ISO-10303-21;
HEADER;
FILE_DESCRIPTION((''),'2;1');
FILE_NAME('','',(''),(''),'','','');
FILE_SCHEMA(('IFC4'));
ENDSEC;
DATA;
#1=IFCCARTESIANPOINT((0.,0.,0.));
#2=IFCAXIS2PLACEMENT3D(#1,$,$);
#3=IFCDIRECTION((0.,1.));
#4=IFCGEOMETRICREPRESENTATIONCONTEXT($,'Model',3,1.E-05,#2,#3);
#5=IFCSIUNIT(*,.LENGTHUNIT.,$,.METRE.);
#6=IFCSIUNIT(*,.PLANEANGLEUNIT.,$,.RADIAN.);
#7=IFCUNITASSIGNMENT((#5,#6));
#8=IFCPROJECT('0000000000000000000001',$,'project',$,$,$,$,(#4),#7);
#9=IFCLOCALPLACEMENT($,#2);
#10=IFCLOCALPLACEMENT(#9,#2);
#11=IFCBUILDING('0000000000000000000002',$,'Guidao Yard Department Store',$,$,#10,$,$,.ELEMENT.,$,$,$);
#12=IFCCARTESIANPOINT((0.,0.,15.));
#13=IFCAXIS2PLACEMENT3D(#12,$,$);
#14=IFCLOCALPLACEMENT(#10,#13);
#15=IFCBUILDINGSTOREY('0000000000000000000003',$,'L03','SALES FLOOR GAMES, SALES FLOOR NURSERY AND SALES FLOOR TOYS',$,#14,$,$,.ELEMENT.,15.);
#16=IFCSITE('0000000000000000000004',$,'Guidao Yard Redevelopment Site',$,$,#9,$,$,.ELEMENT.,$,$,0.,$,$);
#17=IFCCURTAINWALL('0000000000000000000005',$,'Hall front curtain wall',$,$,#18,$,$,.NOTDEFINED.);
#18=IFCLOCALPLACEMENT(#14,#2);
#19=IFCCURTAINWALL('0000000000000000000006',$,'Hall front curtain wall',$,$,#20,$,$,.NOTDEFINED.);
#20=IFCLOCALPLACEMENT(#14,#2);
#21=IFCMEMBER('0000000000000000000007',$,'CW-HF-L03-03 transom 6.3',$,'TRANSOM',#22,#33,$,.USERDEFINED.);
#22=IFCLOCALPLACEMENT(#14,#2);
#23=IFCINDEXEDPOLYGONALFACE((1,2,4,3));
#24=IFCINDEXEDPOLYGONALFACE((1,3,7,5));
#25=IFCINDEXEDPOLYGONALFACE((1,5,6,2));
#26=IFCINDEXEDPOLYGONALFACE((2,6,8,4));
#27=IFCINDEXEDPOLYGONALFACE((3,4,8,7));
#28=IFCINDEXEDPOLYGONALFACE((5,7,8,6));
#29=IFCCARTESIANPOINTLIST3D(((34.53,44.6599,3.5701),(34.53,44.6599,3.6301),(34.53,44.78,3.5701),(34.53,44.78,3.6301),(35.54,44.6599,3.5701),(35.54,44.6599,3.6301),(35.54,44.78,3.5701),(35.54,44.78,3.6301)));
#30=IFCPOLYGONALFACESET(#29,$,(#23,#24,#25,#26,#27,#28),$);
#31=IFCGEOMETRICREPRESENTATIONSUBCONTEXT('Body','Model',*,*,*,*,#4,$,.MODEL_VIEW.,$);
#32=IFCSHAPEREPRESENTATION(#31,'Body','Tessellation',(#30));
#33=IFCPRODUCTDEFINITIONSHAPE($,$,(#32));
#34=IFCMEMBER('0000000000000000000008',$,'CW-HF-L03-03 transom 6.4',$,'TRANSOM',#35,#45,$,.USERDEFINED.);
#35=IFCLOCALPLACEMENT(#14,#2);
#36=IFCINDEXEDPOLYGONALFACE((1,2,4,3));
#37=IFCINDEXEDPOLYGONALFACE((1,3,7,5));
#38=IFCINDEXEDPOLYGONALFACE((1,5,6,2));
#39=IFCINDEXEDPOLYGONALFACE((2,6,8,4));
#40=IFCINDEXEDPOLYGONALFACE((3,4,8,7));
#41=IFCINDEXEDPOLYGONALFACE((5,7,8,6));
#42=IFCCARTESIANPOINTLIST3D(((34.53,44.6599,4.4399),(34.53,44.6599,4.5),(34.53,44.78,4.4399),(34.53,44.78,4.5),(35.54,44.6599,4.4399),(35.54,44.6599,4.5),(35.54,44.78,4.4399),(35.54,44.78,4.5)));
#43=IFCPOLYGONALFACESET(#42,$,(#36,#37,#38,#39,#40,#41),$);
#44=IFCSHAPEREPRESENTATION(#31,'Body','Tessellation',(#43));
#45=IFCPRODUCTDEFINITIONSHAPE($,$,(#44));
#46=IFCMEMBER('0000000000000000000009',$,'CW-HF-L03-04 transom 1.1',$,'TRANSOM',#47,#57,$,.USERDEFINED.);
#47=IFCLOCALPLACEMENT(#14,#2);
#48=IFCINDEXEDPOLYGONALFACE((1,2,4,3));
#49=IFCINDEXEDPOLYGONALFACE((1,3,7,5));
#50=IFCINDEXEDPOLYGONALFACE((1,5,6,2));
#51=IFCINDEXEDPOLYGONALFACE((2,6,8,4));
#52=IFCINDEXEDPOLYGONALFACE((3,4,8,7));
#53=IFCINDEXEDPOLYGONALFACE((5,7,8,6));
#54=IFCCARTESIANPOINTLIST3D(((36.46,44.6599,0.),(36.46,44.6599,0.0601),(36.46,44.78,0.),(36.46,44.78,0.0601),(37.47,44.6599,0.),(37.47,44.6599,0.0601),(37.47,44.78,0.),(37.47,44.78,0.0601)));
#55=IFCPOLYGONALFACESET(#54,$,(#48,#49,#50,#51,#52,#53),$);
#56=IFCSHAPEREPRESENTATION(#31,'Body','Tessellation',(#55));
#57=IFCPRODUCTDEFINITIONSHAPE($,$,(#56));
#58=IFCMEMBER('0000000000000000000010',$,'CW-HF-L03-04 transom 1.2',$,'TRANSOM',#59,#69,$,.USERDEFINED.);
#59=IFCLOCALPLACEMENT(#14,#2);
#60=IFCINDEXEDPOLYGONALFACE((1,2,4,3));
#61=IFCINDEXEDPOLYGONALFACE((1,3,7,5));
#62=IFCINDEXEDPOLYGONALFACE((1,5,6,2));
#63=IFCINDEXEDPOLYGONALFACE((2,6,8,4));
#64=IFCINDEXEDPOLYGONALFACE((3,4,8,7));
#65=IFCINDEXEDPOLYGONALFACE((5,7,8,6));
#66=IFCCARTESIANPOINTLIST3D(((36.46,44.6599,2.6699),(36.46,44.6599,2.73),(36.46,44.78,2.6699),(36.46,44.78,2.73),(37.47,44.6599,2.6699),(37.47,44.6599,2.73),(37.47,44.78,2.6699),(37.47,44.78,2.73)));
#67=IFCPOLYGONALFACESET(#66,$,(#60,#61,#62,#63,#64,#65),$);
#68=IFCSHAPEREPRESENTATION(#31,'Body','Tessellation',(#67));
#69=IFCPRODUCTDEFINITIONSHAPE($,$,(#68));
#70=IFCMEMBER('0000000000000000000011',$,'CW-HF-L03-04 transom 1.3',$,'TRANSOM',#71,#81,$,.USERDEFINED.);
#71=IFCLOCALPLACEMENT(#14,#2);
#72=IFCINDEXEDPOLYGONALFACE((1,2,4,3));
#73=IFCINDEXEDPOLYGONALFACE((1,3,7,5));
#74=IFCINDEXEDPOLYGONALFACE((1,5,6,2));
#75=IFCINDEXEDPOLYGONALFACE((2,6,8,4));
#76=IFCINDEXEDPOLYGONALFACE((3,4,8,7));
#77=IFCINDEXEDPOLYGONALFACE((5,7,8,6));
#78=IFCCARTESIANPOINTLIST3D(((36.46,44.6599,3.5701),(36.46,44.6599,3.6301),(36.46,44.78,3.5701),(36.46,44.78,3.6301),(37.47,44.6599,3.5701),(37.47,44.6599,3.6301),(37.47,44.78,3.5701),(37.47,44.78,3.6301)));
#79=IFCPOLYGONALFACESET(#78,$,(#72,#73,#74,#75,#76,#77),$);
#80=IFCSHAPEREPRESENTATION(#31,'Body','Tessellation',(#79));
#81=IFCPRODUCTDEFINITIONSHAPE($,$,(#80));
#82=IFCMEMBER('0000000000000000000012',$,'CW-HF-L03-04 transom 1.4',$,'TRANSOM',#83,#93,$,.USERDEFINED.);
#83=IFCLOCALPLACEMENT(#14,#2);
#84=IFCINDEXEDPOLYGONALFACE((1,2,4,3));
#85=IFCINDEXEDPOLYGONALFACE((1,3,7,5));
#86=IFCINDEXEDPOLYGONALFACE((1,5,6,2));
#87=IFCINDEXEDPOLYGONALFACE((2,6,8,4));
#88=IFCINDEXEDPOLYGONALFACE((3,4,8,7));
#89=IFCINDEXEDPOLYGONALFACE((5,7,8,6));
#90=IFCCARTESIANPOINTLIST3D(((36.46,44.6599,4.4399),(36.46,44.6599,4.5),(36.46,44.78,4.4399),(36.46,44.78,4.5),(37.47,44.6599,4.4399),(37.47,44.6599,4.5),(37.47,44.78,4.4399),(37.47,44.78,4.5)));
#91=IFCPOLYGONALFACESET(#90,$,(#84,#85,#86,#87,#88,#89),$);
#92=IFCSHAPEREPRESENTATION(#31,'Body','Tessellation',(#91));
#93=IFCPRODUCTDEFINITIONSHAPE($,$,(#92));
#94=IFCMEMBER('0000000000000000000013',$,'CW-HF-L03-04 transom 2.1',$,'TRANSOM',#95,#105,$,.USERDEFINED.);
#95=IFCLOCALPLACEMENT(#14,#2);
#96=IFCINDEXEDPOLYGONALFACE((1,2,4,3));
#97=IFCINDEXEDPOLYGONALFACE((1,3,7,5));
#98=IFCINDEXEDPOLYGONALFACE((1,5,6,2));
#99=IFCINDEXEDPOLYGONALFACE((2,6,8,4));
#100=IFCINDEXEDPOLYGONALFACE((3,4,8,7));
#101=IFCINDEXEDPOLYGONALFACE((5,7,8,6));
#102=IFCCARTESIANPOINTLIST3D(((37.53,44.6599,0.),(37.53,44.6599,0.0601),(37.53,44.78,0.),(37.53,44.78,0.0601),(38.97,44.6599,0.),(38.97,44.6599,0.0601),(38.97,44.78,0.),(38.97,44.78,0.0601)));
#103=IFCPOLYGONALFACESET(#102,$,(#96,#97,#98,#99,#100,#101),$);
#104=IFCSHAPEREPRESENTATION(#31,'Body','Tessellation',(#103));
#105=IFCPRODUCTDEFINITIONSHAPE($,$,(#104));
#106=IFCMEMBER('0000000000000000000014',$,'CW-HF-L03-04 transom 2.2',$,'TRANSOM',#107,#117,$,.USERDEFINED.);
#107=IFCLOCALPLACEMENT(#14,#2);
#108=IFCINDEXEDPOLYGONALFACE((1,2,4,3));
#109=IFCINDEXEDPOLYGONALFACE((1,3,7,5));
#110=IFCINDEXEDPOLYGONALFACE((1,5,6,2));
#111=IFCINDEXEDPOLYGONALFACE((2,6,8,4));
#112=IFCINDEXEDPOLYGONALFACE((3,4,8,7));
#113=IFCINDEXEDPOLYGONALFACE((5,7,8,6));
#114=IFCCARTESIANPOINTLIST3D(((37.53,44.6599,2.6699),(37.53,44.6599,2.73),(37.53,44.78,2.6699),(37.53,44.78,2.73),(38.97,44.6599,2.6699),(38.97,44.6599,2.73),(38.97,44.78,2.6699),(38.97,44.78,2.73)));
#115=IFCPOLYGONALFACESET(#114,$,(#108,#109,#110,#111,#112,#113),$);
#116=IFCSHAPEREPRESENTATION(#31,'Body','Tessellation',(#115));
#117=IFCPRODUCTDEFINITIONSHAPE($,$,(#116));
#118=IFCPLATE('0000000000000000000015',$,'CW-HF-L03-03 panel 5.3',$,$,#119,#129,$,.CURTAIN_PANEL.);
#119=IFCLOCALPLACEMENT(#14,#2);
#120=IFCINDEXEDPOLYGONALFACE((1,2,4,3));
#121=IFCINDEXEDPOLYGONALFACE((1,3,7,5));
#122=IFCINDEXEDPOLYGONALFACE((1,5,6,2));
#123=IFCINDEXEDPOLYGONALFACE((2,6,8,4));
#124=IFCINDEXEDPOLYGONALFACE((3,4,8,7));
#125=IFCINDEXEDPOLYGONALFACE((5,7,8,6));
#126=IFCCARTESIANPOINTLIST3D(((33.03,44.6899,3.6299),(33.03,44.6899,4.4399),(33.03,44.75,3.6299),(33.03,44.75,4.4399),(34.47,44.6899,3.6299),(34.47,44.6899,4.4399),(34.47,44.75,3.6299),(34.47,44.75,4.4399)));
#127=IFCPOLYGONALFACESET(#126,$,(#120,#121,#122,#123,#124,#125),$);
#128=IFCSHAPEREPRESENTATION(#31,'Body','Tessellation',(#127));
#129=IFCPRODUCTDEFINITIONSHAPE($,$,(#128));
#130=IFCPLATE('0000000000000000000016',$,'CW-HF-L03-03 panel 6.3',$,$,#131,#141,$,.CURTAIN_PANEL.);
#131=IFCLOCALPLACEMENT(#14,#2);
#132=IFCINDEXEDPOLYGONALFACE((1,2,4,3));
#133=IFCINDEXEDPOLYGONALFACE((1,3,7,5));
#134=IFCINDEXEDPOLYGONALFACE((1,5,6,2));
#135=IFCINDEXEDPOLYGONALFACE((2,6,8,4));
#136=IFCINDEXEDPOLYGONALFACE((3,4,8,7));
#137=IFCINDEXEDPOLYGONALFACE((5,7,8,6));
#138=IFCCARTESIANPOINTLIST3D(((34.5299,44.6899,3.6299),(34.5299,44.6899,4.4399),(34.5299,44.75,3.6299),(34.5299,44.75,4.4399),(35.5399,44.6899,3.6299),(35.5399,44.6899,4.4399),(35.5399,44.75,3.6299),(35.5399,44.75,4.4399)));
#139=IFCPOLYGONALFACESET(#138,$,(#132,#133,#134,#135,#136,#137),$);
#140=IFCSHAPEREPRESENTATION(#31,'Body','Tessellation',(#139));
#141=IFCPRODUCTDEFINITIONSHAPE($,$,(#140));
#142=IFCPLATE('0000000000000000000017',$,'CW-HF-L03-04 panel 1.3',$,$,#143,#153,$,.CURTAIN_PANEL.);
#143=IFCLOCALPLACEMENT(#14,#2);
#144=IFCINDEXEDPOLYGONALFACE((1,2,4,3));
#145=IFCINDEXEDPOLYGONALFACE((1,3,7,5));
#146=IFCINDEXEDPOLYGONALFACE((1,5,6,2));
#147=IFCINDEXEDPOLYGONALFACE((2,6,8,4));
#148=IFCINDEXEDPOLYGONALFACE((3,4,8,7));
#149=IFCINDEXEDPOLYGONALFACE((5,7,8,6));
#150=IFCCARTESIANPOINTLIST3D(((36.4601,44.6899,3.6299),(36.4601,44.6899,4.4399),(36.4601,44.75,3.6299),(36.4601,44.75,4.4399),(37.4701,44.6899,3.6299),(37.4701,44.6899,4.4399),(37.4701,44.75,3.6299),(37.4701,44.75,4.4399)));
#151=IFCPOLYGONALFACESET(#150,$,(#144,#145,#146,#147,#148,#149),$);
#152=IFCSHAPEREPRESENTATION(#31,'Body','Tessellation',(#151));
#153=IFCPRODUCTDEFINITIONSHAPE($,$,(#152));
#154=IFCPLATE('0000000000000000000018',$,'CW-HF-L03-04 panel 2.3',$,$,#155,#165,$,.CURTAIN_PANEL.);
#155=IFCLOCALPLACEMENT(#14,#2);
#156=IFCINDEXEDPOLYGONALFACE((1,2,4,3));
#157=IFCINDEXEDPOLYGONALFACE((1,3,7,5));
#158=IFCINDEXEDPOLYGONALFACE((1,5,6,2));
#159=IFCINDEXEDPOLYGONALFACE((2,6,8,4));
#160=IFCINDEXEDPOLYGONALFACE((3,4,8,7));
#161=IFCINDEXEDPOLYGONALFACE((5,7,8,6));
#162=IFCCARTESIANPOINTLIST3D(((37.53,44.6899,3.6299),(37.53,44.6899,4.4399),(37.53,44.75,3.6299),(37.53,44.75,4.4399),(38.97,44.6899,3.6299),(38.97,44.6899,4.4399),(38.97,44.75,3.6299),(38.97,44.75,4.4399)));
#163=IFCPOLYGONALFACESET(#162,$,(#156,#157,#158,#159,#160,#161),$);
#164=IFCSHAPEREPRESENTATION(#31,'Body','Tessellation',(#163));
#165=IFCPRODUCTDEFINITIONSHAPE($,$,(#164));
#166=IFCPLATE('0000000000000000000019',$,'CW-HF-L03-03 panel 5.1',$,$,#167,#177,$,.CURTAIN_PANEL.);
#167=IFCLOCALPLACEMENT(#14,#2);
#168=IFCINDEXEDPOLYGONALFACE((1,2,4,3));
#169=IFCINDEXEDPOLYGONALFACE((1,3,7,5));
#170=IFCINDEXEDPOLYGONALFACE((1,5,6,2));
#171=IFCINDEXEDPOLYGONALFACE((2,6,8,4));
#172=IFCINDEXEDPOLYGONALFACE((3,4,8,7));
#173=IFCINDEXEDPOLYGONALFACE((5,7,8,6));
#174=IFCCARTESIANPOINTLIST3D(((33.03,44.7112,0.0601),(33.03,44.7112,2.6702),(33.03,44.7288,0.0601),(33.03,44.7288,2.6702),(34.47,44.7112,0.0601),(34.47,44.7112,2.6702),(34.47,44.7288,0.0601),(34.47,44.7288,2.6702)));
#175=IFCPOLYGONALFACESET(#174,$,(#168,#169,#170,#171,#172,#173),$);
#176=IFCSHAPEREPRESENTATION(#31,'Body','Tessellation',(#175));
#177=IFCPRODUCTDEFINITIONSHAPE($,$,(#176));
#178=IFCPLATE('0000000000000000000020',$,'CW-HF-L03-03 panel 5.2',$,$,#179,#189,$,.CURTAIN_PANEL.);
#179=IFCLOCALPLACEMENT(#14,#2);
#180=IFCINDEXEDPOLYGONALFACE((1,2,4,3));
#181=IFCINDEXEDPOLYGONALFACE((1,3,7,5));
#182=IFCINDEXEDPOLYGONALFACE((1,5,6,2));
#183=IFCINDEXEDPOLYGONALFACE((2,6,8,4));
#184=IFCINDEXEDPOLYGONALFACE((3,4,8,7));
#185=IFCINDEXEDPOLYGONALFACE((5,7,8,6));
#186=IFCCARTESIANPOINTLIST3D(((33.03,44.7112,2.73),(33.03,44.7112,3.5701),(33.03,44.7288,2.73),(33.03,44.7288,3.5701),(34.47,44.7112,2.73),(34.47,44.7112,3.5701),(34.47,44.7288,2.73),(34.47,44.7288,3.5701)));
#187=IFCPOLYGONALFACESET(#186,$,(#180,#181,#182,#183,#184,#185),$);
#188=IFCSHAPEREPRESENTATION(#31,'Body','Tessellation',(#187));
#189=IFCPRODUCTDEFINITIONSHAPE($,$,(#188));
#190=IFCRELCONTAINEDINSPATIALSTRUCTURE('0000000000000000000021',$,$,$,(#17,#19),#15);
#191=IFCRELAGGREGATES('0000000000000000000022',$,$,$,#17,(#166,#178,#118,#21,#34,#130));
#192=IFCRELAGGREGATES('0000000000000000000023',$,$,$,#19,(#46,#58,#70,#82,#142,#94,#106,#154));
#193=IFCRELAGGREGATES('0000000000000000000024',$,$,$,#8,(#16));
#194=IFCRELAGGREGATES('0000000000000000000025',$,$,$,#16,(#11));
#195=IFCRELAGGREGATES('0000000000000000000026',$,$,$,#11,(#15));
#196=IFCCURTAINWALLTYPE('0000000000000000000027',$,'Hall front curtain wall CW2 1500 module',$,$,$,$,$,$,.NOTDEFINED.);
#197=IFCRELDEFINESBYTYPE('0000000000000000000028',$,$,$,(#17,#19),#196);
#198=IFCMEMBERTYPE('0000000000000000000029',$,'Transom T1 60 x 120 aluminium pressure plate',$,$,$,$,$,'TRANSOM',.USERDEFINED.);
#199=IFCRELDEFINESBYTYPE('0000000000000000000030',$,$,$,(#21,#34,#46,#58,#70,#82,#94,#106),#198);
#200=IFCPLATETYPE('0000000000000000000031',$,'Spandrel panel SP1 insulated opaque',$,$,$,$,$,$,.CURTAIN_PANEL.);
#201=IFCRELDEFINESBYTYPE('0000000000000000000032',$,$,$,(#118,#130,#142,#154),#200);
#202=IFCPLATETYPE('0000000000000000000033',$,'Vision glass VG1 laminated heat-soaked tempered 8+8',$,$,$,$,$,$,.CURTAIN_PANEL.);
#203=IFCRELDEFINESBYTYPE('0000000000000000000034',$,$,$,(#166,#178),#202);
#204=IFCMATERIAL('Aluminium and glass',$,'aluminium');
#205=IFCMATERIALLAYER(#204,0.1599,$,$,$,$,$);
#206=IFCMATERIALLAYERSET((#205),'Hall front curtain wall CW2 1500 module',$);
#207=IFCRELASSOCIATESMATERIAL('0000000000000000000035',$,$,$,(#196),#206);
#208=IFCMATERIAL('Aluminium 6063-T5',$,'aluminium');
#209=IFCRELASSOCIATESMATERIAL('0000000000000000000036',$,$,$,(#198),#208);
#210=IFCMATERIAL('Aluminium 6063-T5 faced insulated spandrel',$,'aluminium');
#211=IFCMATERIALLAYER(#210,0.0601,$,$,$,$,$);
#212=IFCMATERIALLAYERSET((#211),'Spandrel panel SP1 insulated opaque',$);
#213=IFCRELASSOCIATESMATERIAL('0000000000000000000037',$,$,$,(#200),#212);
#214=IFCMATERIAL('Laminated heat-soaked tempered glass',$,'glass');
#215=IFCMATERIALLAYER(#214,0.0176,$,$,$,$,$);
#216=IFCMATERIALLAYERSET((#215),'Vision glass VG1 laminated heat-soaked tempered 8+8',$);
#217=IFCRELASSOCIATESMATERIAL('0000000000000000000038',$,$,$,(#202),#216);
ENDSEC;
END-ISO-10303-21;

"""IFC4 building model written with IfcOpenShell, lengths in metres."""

from ifc_helpers import new_model, si_unit, direction, frame, origin, origin_2d, place, context, subcontext, project, spatial, rectangle, extrude, material, layer, layer_set, material_profile, profile_set, type_object, element, aggregate, save


model = new_model("IFC4")

# Units and contexts
model_context = context("Model", 3, precision=1e-05, world=origin(), true_north=direction((0.0, 1.0)))
body_context = subcontext(model_context, "Body", "Model", "MODEL_VIEW")
ifc_project = project(units=[si_unit("LENGTHUNIT", "METRE"), si_unit("PLANEANGLEUNIT", "RADIAN")], contexts=[model_context])

# Site, building, storey
site_placement = place(None, origin())
site = spatial("IfcSite", under=ifc_project, at=site_placement, Name="Guidao Yard Redevelopment Site", CompositionType="ELEMENT", RefElevation=0.0)
building_placement = place(site_placement, origin())
building = spatial("IfcBuilding", under=site, at=building_placement, Name="Guidao Yard Department Store", CompositionType="ELEMENT")
storey_placement = place(building_placement, frame((0.0, 0.0, 15.0)))
storey = spatial("IfcBuildingStorey", under=building, at=storey_placement, Name="L03", Description="SALES FLOOR GAMES, SALES FLOOR NURSERY AND SALES FLOOR TOYS", CompositionType="ELEMENT", Elevation=15.0)

# Curtain walls
ifc_material_1 = material(Name="Aluminium and glass", Category="aluminium")
ifc_layer_1 = layer(ifc_material_1, 0.1599)
ifc_layer_set_1 = layer_set([ifc_layer_1], Name="Hall front curtain wall CW2 1500 module")
curtain_wall_type = type_object("IfcCurtainWallType", Name="Hall front curtain wall CW2 1500 module", PredefinedType="NOTDEFINED", material=ifc_layer_set_1)
curtain_wall_1_placement = place(storey_placement, origin())
curtain_wall_1 = element("IfcCurtainWall", 1, at=curtain_wall_1_placement, inside=storey, type_object=curtain_wall_type, Name="Hall front curtain wall", PredefinedType="NOTDEFINED")
curtain_wall_2_placement = place(storey_placement, origin())
curtain_wall_2 = element("IfcCurtainWall", 2, at=curtain_wall_2_placement, inside=storey, type_object=curtain_wall_type, Name="Hall front curtain wall", PredefinedType="NOTDEFINED")

# Members
ifc_material_2 = material(Name="Aluminium 6063-T5", Category="aluminium")
ifc_material_profile_1 = material_profile(ifc_material_2, rectangle(XDim=0.1201, YDim=0.0601, at=origin_2d()), Name="Transom T1 60 x 120 aluminium pressure plate")
ifc_profile_set_1 = profile_set([ifc_material_profile_1], Name="Aluminium 6063-T5")
member_type_1 = type_object("IfcMemberType", Name="Transom T1 60 x 120 aluminium pressure plate", ElementType="TRANSOM", PredefinedType="USERDEFINED", material=ifc_profile_set_1)
member_1_placement = place(storey_placement, frame((35.54, 44.72, 3.6001), z_axis=(-1.0, 0.0, 0.0), x_axis=(0.0, -1.0, 0.0)))
member_1 = element("IfcMember", 3, at=member_1_placement, type_object=member_type_1, Name="CW-HF-L03-03 transom 6.3", ObjectType="TRANSOM", PredefinedType="USERDEFINED", context=body_context, shape_type="SweptSolid", body=[
    extrude(rectangle(XDim=0.1201, YDim=0.0601, at=origin_2d()), origin(), (0.0, 0.0, 1.0), 1.01),
])
member_2_placement = place(storey_placement, frame((35.54, 44.72, 4.47), z_axis=(-1.0, 0.0, 0.0), x_axis=(0.0, -1.0, 0.0)))
member_2 = element("IfcMember", 4, at=member_2_placement, type_object=member_type_1, Name="CW-HF-L03-03 transom 6.4", ObjectType="TRANSOM", PredefinedType="USERDEFINED", context=body_context, shape_type="SweptSolid", body=[
    extrude(rectangle(XDim=0.1201, YDim=0.0601, at=origin_2d()), origin(), (0.0, 0.0, 1.0), 1.01),
])
member_3_placement = place(storey_placement, frame((37.47, 44.72, 0.03), z_axis=(-1.0, 0.0, 0.0), x_axis=(0.0, -1.0, 0.0)))
member_3 = element("IfcMember", 5, at=member_3_placement, type_object=member_type_1, Name="CW-HF-L03-04 transom 1.1", ObjectType="TRANSOM", PredefinedType="USERDEFINED", context=body_context, shape_type="SweptSolid", body=[
    extrude(rectangle(XDim=0.1201, YDim=0.0601, at=origin_2d()), origin(), (0.0, 0.0, 1.0), 1.01),
])
member_4_placement = place(storey_placement, frame((37.47, 44.72, 2.7), z_axis=(-1.0, 0.0, 0.0), x_axis=(0.0, -1.0, 0.0)))
member_4 = element("IfcMember", 6, at=member_4_placement, type_object=member_type_1, Name="CW-HF-L03-04 transom 1.2", ObjectType="TRANSOM", PredefinedType="USERDEFINED", context=body_context, shape_type="SweptSolid", body=[
    extrude(rectangle(XDim=0.1201, YDim=0.0601, at=origin_2d()), origin(), (0.0, 0.0, 1.0), 1.01),
])
member_5_placement = place(storey_placement, frame((37.47, 44.72, 3.6001), z_axis=(-1.0, 0.0, 0.0), x_axis=(0.0, -1.0, 0.0)))
member_5 = element("IfcMember", 7, at=member_5_placement, type_object=member_type_1, Name="CW-HF-L03-04 transom 1.3", ObjectType="TRANSOM", PredefinedType="USERDEFINED", context=body_context, shape_type="SweptSolid", body=[
    extrude(rectangle(XDim=0.1201, YDim=0.0601, at=origin_2d()), origin(), (0.0, 0.0, 1.0), 1.01),
])
member_6_placement = place(storey_placement, frame((37.47, 44.72, 4.47), z_axis=(-1.0, 0.0, 0.0), x_axis=(0.0, -1.0, 0.0)))
member_6 = element("IfcMember", 8, at=member_6_placement, type_object=member_type_1, Name="CW-HF-L03-04 transom 1.4", ObjectType="TRANSOM", PredefinedType="USERDEFINED", context=body_context, shape_type="SweptSolid", body=[
    extrude(rectangle(XDim=0.1201, YDim=0.0601, at=origin_2d()), origin(), (0.0, 0.0, 1.0), 1.01),
])
member_7_placement = place(storey_placement, frame((38.97, 44.72, 0.03), z_axis=(-1.0, 0.0, 0.0), x_axis=(0.0, -1.0, 0.0)))
member_7 = element("IfcMember", 9, at=member_7_placement, type_object=member_type_1, Name="CW-HF-L03-04 transom 2.1", ObjectType="TRANSOM", PredefinedType="USERDEFINED", context=body_context, shape_type="SweptSolid", body=[
    extrude(rectangle(XDim=0.1201, YDim=0.0601, at=origin_2d()), origin(), (0.0, 0.0, 1.0), 1.4399),
])
member_8_placement = place(storey_placement, frame((38.97, 44.72, 2.7), z_axis=(-1.0, 0.0, 0.0), x_axis=(0.0, -1.0, 0.0)))
member_8 = element("IfcMember", 10, at=member_8_placement, type_object=member_type_1, Name="CW-HF-L03-04 transom 2.2", ObjectType="TRANSOM", PredefinedType="USERDEFINED", context=body_context, shape_type="SweptSolid", body=[
    extrude(rectangle(XDim=0.1201, YDim=0.0601, at=origin_2d()), origin(), (0.0, 0.0, 1.0), 1.4399),
])

# Plates
ifc_material_3 = material(Name="Aluminium 6063-T5 faced insulated spandrel", Category="aluminium")
ifc_layer_2 = layer(ifc_material_3, 0.0601)
ifc_layer_set_2 = layer_set([ifc_layer_2], Name="Spandrel panel SP1 insulated opaque")
plate_type_1 = type_object("IfcPlateType", Name="Spandrel panel SP1 insulated opaque", PredefinedType="CURTAIN_PANEL", material=ifc_layer_set_2)
plate_1_placement = place(storey_placement, frame((33.75, 44.72, 3.6299), z_axis=(0.0, 0.0, 1.0), x_axis=(-1.0, 0.0, 0.0)))
plate_1 = element("IfcPlate", 11, at=plate_1_placement, type_object=plate_type_1, Name="CW-HF-L03-03 panel 5.3", PredefinedType="CURTAIN_PANEL", context=body_context, shape_type="SweptSolid", body=[
    extrude(rectangle(XDim=1.4399, YDim=0.0601, at=origin_2d()), origin(), (0.0, 0.0, 1.0), 0.8101),
])
plate_2_placement = place(storey_placement, frame((35.0349, 44.72, 3.6299), z_axis=(0.0, 0.0, 1.0), x_axis=(-1.0, 0.0, 0.0)))
plate_2 = element("IfcPlate", 12, at=plate_2_placement, type_object=plate_type_1, Name="CW-HF-L03-03 panel 6.3", PredefinedType="CURTAIN_PANEL", context=body_context, shape_type="SweptSolid", body=[
    extrude(rectangle(XDim=1.01, YDim=0.0601, at=origin_2d()), origin(), (0.0, 0.0, 1.0), 0.8101),
])
plate_3_placement = place(storey_placement, frame((36.9651, 44.72, 3.6299), z_axis=(0.0, 0.0, 1.0), x_axis=(-1.0, 0.0, 0.0)))
plate_3 = element("IfcPlate", 13, at=plate_3_placement, type_object=plate_type_1, Name="CW-HF-L03-04 panel 1.3", PredefinedType="CURTAIN_PANEL", context=body_context, shape_type="SweptSolid", body=[
    extrude(rectangle(XDim=1.01, YDim=0.0601, at=origin_2d()), origin(), (0.0, 0.0, 1.0), 0.8101),
])
plate_4_placement = place(storey_placement, frame((38.25, 44.72, 3.6299), z_axis=(0.0, 0.0, 1.0), x_axis=(-1.0, 0.0, 0.0)))
plate_4 = element("IfcPlate", 14, at=plate_4_placement, type_object=plate_type_1, Name="CW-HF-L03-04 panel 2.3", PredefinedType="CURTAIN_PANEL", context=body_context, shape_type="SweptSolid", body=[
    extrude(rectangle(XDim=1.4399, YDim=0.0601, at=origin_2d()), origin(), (0.0, 0.0, 1.0), 0.8101),
])
ifc_material_4 = material(Name="Laminated heat-soaked tempered glass", Category="glass")
ifc_layer_3 = layer(ifc_material_4, 0.0176)
ifc_layer_set_3 = layer_set([ifc_layer_3], Name="Vision glass VG1 laminated heat-soaked tempered 8+8")
plate_type_2 = type_object("IfcPlateType", Name="Vision glass VG1 laminated heat-soaked tempered 8+8", PredefinedType="CURTAIN_PANEL", material=ifc_layer_set_3)
plate_5_placement = place(storey_placement, frame((33.75, 44.72, 0.0601), z_axis=(0.0, 0.0, 1.0), x_axis=(-1.0, 0.0, 0.0)))
plate_5 = element("IfcPlate", 15, at=plate_5_placement, type_object=plate_type_2, Name="CW-HF-L03-03 panel 5.1", PredefinedType="CURTAIN_PANEL", context=body_context, shape_type="SweptSolid", body=[
    extrude(rectangle(XDim=1.4399, YDim=0.0176, at=origin_2d()), origin(), (0.0, 0.0, 1.0), 2.6101),
])
plate_6_placement = place(storey_placement, frame((33.75, 44.72, 2.73), z_axis=(0.0, 0.0, 1.0), x_axis=(-1.0, 0.0, 0.0)))
plate_6 = element("IfcPlate", 16, at=plate_6_placement, type_object=plate_type_2, Name="CW-HF-L03-03 panel 5.2", PredefinedType="CURTAIN_PANEL", context=body_context, shape_type="SweptSolid", body=[
    extrude(rectangle(XDim=1.4399, YDim=0.0176, at=origin_2d()), origin(), (0.0, 0.0, 1.0), 0.8401),
])
aggregate(curtain_wall_1, [plate_5, plate_6, plate_1, member_1, member_2, plate_2])
aggregate(curtain_wall_2, [member_3, member_4, member_5, member_6, plate_3, member_7, member_8, plate_4])

save(model, "model.ifc")
